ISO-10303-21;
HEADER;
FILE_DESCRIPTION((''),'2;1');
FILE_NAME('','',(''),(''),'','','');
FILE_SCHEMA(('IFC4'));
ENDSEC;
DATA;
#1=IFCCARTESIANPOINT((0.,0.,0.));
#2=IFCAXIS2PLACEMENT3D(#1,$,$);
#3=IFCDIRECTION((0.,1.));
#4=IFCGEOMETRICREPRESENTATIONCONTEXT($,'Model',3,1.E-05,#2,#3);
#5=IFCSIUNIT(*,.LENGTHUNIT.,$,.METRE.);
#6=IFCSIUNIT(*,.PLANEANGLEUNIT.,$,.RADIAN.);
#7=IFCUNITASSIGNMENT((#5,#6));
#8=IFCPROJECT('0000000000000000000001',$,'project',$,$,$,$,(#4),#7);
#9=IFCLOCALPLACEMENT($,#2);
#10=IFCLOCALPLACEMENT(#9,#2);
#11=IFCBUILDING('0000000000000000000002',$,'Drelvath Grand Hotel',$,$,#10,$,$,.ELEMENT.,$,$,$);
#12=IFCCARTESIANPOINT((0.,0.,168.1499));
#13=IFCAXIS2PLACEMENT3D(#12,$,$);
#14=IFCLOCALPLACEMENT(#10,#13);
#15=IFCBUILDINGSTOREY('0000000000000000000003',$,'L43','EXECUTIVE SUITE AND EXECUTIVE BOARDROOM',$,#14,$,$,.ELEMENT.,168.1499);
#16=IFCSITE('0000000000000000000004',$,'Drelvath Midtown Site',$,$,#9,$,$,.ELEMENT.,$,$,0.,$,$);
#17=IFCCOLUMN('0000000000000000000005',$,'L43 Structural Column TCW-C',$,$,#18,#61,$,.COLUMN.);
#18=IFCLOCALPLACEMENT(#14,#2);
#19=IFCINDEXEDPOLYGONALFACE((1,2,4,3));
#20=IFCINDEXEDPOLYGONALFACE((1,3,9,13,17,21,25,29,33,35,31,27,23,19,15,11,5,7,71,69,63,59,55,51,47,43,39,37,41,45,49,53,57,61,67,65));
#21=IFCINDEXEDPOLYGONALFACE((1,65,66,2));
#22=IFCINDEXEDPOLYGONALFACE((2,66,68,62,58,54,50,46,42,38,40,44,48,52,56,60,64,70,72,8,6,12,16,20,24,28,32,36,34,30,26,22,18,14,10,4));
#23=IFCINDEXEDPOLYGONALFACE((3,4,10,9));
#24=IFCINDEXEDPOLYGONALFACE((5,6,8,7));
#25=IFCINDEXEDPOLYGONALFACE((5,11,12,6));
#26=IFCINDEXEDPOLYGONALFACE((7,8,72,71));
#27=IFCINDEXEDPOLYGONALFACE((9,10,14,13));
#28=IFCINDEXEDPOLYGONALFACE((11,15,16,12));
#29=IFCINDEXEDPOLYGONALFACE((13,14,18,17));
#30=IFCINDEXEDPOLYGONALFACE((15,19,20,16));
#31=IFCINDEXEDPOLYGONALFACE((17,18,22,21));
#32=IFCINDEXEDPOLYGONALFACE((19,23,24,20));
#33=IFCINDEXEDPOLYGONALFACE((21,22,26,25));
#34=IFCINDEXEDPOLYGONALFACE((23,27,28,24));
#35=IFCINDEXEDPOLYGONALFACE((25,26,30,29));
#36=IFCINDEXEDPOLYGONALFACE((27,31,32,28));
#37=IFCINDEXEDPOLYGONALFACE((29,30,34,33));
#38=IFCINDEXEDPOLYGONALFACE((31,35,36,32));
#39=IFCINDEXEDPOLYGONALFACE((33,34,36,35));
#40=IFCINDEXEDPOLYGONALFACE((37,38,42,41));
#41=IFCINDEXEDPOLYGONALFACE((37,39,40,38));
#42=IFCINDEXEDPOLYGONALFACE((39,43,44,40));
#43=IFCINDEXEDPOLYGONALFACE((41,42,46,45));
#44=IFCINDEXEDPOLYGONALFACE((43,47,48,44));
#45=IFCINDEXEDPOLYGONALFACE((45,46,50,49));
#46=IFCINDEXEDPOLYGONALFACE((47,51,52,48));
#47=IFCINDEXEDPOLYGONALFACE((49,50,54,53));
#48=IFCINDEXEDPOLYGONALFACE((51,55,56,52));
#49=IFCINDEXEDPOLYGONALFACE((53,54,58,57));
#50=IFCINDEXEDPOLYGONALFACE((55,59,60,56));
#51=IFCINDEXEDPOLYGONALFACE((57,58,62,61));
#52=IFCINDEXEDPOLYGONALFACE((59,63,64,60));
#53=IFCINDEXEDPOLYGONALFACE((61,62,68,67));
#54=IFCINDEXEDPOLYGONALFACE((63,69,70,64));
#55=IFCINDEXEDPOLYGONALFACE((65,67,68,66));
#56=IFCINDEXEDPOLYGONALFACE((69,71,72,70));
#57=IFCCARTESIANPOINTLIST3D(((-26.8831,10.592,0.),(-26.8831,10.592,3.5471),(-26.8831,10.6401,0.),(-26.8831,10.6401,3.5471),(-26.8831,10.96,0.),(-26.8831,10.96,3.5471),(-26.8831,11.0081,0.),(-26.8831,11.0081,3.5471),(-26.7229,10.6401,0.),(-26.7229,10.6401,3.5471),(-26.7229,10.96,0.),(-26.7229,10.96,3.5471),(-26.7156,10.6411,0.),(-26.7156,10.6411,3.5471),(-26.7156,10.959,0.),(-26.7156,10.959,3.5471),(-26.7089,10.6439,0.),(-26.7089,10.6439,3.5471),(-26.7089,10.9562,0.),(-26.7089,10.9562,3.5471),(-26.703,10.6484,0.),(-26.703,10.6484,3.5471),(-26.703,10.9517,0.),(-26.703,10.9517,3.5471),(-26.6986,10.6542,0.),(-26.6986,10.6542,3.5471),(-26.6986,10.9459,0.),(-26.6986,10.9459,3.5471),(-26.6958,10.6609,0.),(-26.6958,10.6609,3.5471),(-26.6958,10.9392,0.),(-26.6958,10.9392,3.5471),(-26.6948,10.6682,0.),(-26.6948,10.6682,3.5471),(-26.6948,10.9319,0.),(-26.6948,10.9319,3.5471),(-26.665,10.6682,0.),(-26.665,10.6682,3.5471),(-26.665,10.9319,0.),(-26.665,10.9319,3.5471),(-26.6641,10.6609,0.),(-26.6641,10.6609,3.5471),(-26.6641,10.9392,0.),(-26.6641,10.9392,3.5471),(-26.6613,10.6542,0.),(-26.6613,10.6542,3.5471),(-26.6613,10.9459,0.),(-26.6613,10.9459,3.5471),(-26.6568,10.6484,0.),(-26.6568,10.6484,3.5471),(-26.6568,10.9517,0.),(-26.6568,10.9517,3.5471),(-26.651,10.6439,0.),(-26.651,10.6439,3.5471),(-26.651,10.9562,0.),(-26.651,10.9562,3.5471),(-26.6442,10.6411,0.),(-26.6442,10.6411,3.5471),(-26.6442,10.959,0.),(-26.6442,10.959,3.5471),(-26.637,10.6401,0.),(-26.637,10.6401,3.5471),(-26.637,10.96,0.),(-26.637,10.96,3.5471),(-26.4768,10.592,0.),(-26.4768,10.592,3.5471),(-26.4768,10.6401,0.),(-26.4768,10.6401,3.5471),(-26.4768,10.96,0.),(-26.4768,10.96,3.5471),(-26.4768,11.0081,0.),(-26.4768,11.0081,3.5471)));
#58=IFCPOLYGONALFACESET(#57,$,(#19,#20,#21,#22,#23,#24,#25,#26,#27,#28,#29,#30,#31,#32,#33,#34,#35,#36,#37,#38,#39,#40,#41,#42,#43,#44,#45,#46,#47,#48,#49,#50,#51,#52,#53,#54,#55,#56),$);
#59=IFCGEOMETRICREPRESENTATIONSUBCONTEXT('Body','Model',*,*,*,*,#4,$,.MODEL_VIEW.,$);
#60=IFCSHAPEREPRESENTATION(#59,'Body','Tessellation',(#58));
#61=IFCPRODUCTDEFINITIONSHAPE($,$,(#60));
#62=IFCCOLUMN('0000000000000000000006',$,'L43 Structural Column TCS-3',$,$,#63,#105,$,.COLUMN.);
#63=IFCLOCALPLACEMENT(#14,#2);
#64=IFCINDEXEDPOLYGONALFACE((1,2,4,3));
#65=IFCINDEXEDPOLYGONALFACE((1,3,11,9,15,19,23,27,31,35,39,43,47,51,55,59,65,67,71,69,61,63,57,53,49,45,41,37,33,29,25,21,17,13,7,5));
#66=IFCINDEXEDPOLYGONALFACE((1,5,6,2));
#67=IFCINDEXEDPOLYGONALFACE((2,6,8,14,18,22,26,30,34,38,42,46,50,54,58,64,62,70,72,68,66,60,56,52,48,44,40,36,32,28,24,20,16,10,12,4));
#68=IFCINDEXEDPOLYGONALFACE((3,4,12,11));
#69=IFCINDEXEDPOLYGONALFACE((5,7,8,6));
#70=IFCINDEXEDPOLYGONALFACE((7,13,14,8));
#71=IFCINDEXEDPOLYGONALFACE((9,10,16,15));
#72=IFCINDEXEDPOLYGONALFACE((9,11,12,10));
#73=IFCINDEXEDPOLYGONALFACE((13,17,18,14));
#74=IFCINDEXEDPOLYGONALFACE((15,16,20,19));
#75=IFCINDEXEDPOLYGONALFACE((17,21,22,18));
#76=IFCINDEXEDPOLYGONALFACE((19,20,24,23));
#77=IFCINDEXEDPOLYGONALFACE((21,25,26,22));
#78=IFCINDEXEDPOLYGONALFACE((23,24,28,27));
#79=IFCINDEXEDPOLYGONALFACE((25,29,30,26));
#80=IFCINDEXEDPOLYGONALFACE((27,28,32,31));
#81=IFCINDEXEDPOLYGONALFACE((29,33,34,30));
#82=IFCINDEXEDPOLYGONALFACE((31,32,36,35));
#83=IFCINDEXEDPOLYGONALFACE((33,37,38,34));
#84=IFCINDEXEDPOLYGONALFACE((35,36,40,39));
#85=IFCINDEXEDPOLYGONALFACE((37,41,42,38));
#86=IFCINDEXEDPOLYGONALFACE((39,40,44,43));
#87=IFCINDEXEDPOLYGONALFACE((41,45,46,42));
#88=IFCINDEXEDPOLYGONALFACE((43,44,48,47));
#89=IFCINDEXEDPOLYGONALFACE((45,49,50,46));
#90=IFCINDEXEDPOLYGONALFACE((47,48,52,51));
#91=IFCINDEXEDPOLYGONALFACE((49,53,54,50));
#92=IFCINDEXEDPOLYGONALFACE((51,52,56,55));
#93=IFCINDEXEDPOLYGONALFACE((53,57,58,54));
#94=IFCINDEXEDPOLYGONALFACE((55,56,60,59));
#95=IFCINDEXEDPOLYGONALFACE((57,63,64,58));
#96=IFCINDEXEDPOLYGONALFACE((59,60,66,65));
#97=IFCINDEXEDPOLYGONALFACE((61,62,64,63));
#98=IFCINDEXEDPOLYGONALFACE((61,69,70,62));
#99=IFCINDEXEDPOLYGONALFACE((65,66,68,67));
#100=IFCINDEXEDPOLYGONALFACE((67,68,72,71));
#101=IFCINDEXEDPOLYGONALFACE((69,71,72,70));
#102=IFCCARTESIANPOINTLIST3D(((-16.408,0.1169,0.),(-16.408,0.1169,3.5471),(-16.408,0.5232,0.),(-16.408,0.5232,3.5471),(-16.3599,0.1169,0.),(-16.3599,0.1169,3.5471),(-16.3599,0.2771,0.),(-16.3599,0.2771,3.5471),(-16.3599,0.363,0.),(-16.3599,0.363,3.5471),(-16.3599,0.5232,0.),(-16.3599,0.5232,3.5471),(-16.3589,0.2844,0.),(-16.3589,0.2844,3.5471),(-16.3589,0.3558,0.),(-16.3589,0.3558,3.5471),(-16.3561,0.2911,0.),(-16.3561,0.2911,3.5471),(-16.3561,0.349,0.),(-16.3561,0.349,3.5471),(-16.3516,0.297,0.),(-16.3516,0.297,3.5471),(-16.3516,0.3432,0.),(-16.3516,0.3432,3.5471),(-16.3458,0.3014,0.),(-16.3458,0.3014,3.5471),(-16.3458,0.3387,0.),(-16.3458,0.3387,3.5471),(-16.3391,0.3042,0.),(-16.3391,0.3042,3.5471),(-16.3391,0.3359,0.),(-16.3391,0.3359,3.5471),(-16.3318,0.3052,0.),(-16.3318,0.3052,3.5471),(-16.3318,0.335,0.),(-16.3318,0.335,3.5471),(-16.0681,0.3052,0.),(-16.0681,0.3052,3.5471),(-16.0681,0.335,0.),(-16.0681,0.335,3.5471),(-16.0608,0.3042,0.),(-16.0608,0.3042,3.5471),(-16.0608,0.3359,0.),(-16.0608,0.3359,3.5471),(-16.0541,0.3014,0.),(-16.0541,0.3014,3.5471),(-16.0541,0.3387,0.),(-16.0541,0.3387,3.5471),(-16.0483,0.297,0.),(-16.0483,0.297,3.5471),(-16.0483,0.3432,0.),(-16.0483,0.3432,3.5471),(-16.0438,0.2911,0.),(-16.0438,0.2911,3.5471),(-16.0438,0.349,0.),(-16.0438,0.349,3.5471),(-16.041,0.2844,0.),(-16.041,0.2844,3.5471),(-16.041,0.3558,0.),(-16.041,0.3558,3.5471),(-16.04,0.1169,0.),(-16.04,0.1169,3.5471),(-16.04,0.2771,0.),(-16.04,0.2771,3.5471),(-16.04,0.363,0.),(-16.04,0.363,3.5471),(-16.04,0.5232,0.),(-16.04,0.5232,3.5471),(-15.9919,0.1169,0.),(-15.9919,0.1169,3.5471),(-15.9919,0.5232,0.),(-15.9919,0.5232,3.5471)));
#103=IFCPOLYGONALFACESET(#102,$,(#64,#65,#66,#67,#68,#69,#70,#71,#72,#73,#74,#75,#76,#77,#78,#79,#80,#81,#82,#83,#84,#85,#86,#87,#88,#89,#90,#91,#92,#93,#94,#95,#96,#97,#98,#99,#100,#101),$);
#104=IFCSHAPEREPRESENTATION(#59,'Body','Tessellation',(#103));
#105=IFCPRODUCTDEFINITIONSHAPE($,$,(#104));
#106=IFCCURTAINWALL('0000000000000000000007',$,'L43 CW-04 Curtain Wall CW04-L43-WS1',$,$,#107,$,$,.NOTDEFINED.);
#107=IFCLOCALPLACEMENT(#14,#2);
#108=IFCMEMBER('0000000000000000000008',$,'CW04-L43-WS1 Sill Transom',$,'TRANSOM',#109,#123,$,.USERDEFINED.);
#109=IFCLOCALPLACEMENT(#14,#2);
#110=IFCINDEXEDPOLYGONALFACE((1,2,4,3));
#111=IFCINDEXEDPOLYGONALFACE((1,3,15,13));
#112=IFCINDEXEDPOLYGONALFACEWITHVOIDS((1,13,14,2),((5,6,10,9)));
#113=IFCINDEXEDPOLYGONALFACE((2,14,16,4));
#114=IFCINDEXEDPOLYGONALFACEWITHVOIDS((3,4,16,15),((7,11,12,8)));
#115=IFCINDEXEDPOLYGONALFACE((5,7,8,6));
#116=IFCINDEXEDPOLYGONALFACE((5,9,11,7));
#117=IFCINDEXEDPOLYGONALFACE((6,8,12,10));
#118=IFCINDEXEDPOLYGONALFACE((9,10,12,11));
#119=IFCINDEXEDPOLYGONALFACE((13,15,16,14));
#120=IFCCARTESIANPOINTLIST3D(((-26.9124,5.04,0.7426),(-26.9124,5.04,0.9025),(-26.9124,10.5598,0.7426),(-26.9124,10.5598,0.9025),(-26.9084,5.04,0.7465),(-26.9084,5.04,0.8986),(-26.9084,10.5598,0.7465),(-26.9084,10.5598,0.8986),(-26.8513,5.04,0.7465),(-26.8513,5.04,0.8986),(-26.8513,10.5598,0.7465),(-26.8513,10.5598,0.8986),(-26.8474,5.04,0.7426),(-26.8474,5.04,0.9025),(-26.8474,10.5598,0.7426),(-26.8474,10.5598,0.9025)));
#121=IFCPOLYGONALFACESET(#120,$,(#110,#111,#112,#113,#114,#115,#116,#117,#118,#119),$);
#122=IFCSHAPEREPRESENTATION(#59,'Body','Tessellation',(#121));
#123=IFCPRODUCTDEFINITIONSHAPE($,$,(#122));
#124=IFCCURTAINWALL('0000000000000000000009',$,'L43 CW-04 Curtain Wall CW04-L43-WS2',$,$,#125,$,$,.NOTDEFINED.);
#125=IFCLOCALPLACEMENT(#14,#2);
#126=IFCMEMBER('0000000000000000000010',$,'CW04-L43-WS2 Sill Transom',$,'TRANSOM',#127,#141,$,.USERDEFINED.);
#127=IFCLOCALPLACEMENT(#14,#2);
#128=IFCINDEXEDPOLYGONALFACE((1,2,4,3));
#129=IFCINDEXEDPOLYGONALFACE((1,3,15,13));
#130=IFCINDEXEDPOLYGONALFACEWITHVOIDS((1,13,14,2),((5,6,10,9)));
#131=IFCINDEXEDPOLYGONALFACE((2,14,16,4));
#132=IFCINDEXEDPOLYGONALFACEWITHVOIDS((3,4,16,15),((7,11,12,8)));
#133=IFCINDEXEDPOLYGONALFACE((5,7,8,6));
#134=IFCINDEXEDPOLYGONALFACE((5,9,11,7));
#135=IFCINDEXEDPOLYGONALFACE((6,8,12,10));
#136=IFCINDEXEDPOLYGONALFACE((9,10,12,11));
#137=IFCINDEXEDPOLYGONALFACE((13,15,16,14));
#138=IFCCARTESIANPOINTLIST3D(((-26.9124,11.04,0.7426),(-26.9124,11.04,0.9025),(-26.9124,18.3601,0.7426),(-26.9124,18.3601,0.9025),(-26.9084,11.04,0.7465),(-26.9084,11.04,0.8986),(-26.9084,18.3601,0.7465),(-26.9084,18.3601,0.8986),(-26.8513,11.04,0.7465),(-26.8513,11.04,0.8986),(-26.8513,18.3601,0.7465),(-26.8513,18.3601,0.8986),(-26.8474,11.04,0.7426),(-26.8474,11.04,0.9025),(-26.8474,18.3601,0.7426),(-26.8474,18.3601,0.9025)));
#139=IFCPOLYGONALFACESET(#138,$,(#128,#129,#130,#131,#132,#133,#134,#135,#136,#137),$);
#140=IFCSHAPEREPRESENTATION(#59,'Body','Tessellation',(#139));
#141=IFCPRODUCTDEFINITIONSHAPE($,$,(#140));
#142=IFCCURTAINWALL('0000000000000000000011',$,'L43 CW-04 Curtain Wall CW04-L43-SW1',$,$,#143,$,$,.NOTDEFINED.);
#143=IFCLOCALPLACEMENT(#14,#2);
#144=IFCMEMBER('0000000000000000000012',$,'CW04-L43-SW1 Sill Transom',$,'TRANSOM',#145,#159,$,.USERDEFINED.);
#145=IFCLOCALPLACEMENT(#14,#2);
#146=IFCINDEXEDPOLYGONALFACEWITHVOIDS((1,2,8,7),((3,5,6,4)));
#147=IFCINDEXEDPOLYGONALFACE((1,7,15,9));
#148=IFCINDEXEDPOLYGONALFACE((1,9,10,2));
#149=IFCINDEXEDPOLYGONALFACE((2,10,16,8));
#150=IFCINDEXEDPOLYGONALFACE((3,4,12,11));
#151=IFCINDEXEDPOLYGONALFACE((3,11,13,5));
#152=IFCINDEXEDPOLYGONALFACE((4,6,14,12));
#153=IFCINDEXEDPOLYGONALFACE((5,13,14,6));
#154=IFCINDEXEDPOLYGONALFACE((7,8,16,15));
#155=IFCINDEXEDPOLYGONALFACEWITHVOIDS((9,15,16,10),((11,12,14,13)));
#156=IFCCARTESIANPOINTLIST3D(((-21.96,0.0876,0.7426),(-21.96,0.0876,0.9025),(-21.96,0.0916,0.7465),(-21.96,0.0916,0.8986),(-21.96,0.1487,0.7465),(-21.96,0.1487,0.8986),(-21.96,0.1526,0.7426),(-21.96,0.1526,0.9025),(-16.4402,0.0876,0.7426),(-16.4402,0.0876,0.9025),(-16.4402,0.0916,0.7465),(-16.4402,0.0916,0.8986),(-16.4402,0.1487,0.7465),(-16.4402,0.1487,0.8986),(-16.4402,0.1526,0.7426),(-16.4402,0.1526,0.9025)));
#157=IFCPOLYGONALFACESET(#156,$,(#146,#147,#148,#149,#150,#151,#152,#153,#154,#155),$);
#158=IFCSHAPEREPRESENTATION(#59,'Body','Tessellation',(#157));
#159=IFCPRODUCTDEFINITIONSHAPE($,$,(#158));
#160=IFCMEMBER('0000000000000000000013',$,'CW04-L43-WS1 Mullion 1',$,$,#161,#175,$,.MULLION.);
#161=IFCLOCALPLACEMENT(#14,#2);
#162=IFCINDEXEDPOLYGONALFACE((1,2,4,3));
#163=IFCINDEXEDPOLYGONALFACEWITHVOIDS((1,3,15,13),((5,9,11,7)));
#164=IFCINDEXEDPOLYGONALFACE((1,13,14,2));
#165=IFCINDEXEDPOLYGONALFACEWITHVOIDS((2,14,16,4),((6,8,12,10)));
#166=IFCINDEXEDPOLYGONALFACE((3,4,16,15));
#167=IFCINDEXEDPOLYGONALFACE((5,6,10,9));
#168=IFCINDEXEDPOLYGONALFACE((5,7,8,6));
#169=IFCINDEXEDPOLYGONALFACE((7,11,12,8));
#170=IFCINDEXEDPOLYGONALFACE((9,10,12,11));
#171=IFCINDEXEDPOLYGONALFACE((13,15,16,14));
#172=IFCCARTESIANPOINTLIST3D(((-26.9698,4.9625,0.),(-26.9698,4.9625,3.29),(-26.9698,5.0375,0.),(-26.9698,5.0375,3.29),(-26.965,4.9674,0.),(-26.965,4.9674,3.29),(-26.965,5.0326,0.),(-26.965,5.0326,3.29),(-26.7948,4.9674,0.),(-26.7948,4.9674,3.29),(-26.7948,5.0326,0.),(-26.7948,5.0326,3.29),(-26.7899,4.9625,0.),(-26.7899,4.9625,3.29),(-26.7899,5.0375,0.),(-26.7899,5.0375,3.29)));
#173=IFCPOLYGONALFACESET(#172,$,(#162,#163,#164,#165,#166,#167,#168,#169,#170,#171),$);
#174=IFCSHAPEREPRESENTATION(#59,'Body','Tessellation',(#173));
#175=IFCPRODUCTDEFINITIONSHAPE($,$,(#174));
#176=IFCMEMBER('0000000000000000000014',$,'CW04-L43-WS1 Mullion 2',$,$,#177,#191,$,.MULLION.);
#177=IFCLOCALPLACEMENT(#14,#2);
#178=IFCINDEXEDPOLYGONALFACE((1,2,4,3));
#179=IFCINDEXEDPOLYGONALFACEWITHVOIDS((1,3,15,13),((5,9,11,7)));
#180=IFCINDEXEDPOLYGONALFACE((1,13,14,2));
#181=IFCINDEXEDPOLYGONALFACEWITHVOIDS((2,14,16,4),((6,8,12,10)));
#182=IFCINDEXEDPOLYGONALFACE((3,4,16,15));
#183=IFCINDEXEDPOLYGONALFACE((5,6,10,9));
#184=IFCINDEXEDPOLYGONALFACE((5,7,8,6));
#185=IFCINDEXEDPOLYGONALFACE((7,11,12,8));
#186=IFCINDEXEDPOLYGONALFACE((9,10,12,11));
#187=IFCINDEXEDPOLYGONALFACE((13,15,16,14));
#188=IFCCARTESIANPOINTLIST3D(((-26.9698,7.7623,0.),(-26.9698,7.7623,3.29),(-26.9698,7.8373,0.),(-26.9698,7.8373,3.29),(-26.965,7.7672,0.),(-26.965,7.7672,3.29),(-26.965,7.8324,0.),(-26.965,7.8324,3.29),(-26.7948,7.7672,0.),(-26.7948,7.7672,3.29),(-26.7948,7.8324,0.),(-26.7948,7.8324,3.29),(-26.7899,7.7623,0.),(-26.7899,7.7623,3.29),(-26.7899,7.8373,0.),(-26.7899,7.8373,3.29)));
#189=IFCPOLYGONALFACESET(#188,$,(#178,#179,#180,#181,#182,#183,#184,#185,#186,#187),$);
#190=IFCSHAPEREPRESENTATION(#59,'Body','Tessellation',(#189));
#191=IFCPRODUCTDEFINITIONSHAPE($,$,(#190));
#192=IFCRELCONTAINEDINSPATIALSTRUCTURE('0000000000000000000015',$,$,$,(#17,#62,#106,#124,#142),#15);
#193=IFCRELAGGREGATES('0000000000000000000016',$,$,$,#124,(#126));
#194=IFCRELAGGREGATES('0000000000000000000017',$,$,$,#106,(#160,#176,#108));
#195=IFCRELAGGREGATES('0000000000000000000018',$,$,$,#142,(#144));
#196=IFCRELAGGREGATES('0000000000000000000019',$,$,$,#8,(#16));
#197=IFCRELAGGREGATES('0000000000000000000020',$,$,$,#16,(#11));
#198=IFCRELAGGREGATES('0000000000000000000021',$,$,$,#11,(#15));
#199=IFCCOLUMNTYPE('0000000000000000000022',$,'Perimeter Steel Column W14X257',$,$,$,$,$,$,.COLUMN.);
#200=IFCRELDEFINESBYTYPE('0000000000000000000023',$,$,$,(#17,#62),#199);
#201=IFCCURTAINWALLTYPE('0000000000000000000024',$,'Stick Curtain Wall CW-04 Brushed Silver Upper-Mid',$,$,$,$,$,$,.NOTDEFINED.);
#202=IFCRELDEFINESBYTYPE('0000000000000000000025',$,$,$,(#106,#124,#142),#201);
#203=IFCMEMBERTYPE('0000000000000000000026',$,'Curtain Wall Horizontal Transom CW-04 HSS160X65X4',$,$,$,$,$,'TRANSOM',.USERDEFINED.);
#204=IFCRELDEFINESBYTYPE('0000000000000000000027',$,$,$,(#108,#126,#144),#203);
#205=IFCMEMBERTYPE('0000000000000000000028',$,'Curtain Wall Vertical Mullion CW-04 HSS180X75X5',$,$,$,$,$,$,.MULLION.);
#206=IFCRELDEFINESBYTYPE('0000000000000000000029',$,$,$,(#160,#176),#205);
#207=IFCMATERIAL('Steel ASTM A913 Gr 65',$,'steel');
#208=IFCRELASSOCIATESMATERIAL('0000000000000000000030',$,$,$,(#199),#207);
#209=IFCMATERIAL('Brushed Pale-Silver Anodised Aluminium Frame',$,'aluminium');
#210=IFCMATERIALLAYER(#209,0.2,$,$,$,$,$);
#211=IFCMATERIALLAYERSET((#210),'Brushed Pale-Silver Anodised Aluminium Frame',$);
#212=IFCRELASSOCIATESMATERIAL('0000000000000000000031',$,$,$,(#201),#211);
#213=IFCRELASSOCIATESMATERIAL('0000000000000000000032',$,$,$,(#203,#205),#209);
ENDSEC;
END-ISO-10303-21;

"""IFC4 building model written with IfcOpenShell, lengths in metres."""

from ifc_helpers import new_model, si_unit, direction, frame, origin, origin_2d, place, context, subcontext, project, spatial, hollow_rectangle, i_section, extrude, material, layer, layer_set, material_profile, profile_set, type_object, element, aggregate, save


model = new_model("IFC4")

# Units and contexts
model_context = context("Model", 3, precision=1e-05, world=origin(), true_north=direction((0.0, 1.0)))
body_context = subcontext(model_context, "Body", "Model", "MODEL_VIEW")
ifc_project = project(units=[si_unit("LENGTHUNIT", "METRE"), si_unit("PLANEANGLEUNIT", "RADIAN")], contexts=[model_context])

# Site, building, storey
site_placement = place(None, origin())
site = spatial("IfcSite", under=ifc_project, at=site_placement, Name="Drelvath Midtown Site", CompositionType="ELEMENT", RefElevation=0.0)
building_placement = place(site_placement, origin())
building = spatial("IfcBuilding", under=site, at=building_placement, Name="Drelvath Grand Hotel", CompositionType="ELEMENT")
storey_placement = place(building_placement, frame((0.0, 0.0, 168.1499)))
storey = spatial("IfcBuildingStorey", under=building, at=storey_placement, Name="L43", Description="EXECUTIVE SUITE AND EXECUTIVE BOARDROOM", CompositionType="ELEMENT", Elevation=168.1499)

# Columns
ifc_material_1 = material(Name="Steel ASTM A913 Gr 65", Category="steel")
ifc_material_profile_1 = material_profile(ifc_material_1, i_section(OverallWidth=0.4062, OverallDepth=0.416, WebThickness=0.0298, FlangeThickness=0.0481, FilletRadius=0.0281, at=origin_2d()), Name="W14X257")
ifc_profile_set_1 = profile_set([ifc_material_profile_1], Name="Steel ASTM A913 Gr 65")
column_type = type_object("IfcColumnType", Name="Perimeter Steel Column W14X257", PredefinedType="COLUMN", material=ifc_profile_set_1)
for number, where, z_axis, x_axis, name in (
    (1, (-26.6799, 10.8, 0.0), (0.0, 0.0, 1.0), (1.0, 0.0, 0.0), "L43 Structural Column TCW-C"),
    (2, (-16.2, 0.3201, 0.0), (0.0, 0.0, 1.0), (0.0, 1.0, 0.0), "L43 Structural Column TCS-3"),
):
    element("IfcColumn", number, at=place(storey_placement, frame(where, z_axis=z_axis, x_axis=x_axis)), inside=storey, type_object=column_type, Name=name, PredefinedType="COLUMN", context=body_context, shape_type="SweptSolid", body=[
        extrude(i_section(OverallWidth=0.4062, OverallDepth=0.416, WebThickness=0.0298, FlangeThickness=0.0481, FilletRadius=0.0281, at=origin_2d()), origin(), (0.0, 0.0, 1.0), 3.5471),
    ])

# Curtain walls, members
ifc_material_2 = material(Name="Brushed Pale-Silver Anodised Aluminium Frame", Category="aluminium")
ifc_layer_1 = layer(ifc_material_2, 0.2)
ifc_layer_set_1 = layer_set([ifc_layer_1], Name="Brushed Pale-Silver Anodised Aluminium Frame")
curtain_wall_type = type_object("IfcCurtainWallType", Name="Stick Curtain Wall CW-04 Brushed Silver Upper-Mid", PredefinedType="NOTDEFINED", material=ifc_layer_set_1)
curtain_wall_1_placement = place(storey_placement, origin())
curtain_wall_1 = element("IfcCurtainWall", 3, at=curtain_wall_1_placement, inside=storey, type_object=curtain_wall_type, Name="L43 CW-04 Curtain Wall CW04-L43-WS1", PredefinedType="NOTDEFINED")
ifc_material_profile_2 = material_profile(ifc_material_2, hollow_rectangle(XDim=0.0649, YDim=0.1599, WallThickness=0.0039, at=origin_2d()), Name="HSS160X65X4")
ifc_profile_set_2 = profile_set([ifc_material_profile_2], Name="Brushed Pale-Silver Anodised Aluminium Frame")
member_type_1 = type_object("IfcMemberType", Name="Curtain Wall Horizontal Transom CW-04 HSS160X65X4", ElementType="TRANSOM", PredefinedType="USERDEFINED", material=ifc_profile_set_2)
member_1_placement = place(storey_placement, frame((-26.8799, 5.04, 0.8225), z_axis=(0.0, 1.0, 0.0), x_axis=(-1.0, 0.0, 0.0)))
member_1 = element("IfcMember", 4, at=member_1_placement, type_object=member_type_1, Name="CW04-L43-WS1 Sill Transom", ObjectType="TRANSOM", PredefinedType="USERDEFINED", context=body_context, shape_type="SweptSolid", body=[
    extrude(hollow_rectangle(XDim=0.0649, YDim=0.1599, WallThickness=0.0039, at=origin_2d()), origin(), (0.0, 0.0, 1.0), 5.5198),
])
curtain_wall_2_placement = place(storey_placement, origin())
curtain_wall_2 = element("IfcCurtainWall", 5, at=curtain_wall_2_placement, inside=storey, type_object=curtain_wall_type, Name="L43 CW-04 Curtain Wall CW04-L43-WS2", PredefinedType="NOTDEFINED")
member_2_placement = place(storey_placement, frame((-26.8799, 11.04, 0.8225), z_axis=(0.0, 1.0, 0.0), x_axis=(-1.0, 0.0, 0.0)))
member_2 = element("IfcMember", 6, at=member_2_placement, type_object=member_type_1, Name="CW04-L43-WS2 Sill Transom", ObjectType="TRANSOM", PredefinedType="USERDEFINED", context=body_context, shape_type="SweptSolid", body=[
    extrude(hollow_rectangle(XDim=0.0649, YDim=0.1599, WallThickness=0.0039, at=origin_2d()), origin(), (0.0, 0.0, 1.0), 7.3201),
])
curtain_wall_3_placement = place(storey_placement, origin())
curtain_wall_3 = element("IfcCurtainWall", 7, at=curtain_wall_3_placement, inside=storey, type_object=curtain_wall_type, Name="L43 CW-04 Curtain Wall CW04-L43-SW1", PredefinedType="NOTDEFINED")
member_3_placement = place(storey_placement, frame((-16.4402, 0.1201, 0.8225), z_axis=(-1.0, 0.0, 0.0), x_axis=(0.0, -1.0, 0.0)))
member_3 = element("IfcMember", 8, at=member_3_placement, type_object=member_type_1, Name="CW04-L43-SW1 Sill Transom", ObjectType="TRANSOM", PredefinedType="USERDEFINED", context=body_context, shape_type="SweptSolid", body=[
    extrude(hollow_rectangle(XDim=0.0649, YDim=0.1599, WallThickness=0.0039, at=origin_2d()), origin(), (0.0, 0.0, 1.0), 5.5198),
])

# Members
ifc_material_profile_3 = material_profile(ifc_material_2, hollow_rectangle(XDim=0.075, YDim=0.1799, WallThickness=0.0049, at=origin_2d()), Name="HSS180X75X5")
ifc_profile_set_3 = profile_set([ifc_material_profile_3], Name="Brushed Pale-Silver Anodised Aluminium Frame")
member_type_2 = type_object("IfcMemberType", Name="Curtain Wall Vertical Mullion CW-04 HSS180X75X5", PredefinedType="MULLION", material=ifc_profile_set_3)
member_4_placement = place(storey_placement, frame((-26.8799, 5.0, 0.0), z_axis=(0.0, 0.0, 1.0), x_axis=(0.0, 1.0, 0.0)))
member_4 = element("IfcMember", 9, at=member_4_placement, type_object=member_type_2, Name="CW04-L43-WS1 Mullion 1", PredefinedType="MULLION", context=body_context, shape_type="SweptSolid", body=[
    extrude(hollow_rectangle(XDim=0.075, YDim=0.1799, WallThickness=0.0049, at=origin_2d()), origin(), (0.0, 0.0, 1.0), 3.29),
])
member_5_placement = place(storey_placement, frame((-26.8799, 7.7998, 0.0), z_axis=(0.0, 0.0, 1.0), x_axis=(0.0, 1.0, 0.0)))
member_5 = element("IfcMember", 10, at=member_5_placement, type_object=member_type_2, Name="CW04-L43-WS1 Mullion 2", PredefinedType="MULLION", context=body_context, shape_type="SweptSolid", body=[
    extrude(hollow_rectangle(XDim=0.075, YDim=0.1799, WallThickness=0.0049, at=origin_2d()), origin(), (0.0, 0.0, 1.0), 3.29),
])
aggregate(curtain_wall_2, [member_2])

aggregate(curtain_wall_1, [member_4, member_5, member_1])
aggregate(curtain_wall_3, [member_3])

save(model, "model.ifc")
